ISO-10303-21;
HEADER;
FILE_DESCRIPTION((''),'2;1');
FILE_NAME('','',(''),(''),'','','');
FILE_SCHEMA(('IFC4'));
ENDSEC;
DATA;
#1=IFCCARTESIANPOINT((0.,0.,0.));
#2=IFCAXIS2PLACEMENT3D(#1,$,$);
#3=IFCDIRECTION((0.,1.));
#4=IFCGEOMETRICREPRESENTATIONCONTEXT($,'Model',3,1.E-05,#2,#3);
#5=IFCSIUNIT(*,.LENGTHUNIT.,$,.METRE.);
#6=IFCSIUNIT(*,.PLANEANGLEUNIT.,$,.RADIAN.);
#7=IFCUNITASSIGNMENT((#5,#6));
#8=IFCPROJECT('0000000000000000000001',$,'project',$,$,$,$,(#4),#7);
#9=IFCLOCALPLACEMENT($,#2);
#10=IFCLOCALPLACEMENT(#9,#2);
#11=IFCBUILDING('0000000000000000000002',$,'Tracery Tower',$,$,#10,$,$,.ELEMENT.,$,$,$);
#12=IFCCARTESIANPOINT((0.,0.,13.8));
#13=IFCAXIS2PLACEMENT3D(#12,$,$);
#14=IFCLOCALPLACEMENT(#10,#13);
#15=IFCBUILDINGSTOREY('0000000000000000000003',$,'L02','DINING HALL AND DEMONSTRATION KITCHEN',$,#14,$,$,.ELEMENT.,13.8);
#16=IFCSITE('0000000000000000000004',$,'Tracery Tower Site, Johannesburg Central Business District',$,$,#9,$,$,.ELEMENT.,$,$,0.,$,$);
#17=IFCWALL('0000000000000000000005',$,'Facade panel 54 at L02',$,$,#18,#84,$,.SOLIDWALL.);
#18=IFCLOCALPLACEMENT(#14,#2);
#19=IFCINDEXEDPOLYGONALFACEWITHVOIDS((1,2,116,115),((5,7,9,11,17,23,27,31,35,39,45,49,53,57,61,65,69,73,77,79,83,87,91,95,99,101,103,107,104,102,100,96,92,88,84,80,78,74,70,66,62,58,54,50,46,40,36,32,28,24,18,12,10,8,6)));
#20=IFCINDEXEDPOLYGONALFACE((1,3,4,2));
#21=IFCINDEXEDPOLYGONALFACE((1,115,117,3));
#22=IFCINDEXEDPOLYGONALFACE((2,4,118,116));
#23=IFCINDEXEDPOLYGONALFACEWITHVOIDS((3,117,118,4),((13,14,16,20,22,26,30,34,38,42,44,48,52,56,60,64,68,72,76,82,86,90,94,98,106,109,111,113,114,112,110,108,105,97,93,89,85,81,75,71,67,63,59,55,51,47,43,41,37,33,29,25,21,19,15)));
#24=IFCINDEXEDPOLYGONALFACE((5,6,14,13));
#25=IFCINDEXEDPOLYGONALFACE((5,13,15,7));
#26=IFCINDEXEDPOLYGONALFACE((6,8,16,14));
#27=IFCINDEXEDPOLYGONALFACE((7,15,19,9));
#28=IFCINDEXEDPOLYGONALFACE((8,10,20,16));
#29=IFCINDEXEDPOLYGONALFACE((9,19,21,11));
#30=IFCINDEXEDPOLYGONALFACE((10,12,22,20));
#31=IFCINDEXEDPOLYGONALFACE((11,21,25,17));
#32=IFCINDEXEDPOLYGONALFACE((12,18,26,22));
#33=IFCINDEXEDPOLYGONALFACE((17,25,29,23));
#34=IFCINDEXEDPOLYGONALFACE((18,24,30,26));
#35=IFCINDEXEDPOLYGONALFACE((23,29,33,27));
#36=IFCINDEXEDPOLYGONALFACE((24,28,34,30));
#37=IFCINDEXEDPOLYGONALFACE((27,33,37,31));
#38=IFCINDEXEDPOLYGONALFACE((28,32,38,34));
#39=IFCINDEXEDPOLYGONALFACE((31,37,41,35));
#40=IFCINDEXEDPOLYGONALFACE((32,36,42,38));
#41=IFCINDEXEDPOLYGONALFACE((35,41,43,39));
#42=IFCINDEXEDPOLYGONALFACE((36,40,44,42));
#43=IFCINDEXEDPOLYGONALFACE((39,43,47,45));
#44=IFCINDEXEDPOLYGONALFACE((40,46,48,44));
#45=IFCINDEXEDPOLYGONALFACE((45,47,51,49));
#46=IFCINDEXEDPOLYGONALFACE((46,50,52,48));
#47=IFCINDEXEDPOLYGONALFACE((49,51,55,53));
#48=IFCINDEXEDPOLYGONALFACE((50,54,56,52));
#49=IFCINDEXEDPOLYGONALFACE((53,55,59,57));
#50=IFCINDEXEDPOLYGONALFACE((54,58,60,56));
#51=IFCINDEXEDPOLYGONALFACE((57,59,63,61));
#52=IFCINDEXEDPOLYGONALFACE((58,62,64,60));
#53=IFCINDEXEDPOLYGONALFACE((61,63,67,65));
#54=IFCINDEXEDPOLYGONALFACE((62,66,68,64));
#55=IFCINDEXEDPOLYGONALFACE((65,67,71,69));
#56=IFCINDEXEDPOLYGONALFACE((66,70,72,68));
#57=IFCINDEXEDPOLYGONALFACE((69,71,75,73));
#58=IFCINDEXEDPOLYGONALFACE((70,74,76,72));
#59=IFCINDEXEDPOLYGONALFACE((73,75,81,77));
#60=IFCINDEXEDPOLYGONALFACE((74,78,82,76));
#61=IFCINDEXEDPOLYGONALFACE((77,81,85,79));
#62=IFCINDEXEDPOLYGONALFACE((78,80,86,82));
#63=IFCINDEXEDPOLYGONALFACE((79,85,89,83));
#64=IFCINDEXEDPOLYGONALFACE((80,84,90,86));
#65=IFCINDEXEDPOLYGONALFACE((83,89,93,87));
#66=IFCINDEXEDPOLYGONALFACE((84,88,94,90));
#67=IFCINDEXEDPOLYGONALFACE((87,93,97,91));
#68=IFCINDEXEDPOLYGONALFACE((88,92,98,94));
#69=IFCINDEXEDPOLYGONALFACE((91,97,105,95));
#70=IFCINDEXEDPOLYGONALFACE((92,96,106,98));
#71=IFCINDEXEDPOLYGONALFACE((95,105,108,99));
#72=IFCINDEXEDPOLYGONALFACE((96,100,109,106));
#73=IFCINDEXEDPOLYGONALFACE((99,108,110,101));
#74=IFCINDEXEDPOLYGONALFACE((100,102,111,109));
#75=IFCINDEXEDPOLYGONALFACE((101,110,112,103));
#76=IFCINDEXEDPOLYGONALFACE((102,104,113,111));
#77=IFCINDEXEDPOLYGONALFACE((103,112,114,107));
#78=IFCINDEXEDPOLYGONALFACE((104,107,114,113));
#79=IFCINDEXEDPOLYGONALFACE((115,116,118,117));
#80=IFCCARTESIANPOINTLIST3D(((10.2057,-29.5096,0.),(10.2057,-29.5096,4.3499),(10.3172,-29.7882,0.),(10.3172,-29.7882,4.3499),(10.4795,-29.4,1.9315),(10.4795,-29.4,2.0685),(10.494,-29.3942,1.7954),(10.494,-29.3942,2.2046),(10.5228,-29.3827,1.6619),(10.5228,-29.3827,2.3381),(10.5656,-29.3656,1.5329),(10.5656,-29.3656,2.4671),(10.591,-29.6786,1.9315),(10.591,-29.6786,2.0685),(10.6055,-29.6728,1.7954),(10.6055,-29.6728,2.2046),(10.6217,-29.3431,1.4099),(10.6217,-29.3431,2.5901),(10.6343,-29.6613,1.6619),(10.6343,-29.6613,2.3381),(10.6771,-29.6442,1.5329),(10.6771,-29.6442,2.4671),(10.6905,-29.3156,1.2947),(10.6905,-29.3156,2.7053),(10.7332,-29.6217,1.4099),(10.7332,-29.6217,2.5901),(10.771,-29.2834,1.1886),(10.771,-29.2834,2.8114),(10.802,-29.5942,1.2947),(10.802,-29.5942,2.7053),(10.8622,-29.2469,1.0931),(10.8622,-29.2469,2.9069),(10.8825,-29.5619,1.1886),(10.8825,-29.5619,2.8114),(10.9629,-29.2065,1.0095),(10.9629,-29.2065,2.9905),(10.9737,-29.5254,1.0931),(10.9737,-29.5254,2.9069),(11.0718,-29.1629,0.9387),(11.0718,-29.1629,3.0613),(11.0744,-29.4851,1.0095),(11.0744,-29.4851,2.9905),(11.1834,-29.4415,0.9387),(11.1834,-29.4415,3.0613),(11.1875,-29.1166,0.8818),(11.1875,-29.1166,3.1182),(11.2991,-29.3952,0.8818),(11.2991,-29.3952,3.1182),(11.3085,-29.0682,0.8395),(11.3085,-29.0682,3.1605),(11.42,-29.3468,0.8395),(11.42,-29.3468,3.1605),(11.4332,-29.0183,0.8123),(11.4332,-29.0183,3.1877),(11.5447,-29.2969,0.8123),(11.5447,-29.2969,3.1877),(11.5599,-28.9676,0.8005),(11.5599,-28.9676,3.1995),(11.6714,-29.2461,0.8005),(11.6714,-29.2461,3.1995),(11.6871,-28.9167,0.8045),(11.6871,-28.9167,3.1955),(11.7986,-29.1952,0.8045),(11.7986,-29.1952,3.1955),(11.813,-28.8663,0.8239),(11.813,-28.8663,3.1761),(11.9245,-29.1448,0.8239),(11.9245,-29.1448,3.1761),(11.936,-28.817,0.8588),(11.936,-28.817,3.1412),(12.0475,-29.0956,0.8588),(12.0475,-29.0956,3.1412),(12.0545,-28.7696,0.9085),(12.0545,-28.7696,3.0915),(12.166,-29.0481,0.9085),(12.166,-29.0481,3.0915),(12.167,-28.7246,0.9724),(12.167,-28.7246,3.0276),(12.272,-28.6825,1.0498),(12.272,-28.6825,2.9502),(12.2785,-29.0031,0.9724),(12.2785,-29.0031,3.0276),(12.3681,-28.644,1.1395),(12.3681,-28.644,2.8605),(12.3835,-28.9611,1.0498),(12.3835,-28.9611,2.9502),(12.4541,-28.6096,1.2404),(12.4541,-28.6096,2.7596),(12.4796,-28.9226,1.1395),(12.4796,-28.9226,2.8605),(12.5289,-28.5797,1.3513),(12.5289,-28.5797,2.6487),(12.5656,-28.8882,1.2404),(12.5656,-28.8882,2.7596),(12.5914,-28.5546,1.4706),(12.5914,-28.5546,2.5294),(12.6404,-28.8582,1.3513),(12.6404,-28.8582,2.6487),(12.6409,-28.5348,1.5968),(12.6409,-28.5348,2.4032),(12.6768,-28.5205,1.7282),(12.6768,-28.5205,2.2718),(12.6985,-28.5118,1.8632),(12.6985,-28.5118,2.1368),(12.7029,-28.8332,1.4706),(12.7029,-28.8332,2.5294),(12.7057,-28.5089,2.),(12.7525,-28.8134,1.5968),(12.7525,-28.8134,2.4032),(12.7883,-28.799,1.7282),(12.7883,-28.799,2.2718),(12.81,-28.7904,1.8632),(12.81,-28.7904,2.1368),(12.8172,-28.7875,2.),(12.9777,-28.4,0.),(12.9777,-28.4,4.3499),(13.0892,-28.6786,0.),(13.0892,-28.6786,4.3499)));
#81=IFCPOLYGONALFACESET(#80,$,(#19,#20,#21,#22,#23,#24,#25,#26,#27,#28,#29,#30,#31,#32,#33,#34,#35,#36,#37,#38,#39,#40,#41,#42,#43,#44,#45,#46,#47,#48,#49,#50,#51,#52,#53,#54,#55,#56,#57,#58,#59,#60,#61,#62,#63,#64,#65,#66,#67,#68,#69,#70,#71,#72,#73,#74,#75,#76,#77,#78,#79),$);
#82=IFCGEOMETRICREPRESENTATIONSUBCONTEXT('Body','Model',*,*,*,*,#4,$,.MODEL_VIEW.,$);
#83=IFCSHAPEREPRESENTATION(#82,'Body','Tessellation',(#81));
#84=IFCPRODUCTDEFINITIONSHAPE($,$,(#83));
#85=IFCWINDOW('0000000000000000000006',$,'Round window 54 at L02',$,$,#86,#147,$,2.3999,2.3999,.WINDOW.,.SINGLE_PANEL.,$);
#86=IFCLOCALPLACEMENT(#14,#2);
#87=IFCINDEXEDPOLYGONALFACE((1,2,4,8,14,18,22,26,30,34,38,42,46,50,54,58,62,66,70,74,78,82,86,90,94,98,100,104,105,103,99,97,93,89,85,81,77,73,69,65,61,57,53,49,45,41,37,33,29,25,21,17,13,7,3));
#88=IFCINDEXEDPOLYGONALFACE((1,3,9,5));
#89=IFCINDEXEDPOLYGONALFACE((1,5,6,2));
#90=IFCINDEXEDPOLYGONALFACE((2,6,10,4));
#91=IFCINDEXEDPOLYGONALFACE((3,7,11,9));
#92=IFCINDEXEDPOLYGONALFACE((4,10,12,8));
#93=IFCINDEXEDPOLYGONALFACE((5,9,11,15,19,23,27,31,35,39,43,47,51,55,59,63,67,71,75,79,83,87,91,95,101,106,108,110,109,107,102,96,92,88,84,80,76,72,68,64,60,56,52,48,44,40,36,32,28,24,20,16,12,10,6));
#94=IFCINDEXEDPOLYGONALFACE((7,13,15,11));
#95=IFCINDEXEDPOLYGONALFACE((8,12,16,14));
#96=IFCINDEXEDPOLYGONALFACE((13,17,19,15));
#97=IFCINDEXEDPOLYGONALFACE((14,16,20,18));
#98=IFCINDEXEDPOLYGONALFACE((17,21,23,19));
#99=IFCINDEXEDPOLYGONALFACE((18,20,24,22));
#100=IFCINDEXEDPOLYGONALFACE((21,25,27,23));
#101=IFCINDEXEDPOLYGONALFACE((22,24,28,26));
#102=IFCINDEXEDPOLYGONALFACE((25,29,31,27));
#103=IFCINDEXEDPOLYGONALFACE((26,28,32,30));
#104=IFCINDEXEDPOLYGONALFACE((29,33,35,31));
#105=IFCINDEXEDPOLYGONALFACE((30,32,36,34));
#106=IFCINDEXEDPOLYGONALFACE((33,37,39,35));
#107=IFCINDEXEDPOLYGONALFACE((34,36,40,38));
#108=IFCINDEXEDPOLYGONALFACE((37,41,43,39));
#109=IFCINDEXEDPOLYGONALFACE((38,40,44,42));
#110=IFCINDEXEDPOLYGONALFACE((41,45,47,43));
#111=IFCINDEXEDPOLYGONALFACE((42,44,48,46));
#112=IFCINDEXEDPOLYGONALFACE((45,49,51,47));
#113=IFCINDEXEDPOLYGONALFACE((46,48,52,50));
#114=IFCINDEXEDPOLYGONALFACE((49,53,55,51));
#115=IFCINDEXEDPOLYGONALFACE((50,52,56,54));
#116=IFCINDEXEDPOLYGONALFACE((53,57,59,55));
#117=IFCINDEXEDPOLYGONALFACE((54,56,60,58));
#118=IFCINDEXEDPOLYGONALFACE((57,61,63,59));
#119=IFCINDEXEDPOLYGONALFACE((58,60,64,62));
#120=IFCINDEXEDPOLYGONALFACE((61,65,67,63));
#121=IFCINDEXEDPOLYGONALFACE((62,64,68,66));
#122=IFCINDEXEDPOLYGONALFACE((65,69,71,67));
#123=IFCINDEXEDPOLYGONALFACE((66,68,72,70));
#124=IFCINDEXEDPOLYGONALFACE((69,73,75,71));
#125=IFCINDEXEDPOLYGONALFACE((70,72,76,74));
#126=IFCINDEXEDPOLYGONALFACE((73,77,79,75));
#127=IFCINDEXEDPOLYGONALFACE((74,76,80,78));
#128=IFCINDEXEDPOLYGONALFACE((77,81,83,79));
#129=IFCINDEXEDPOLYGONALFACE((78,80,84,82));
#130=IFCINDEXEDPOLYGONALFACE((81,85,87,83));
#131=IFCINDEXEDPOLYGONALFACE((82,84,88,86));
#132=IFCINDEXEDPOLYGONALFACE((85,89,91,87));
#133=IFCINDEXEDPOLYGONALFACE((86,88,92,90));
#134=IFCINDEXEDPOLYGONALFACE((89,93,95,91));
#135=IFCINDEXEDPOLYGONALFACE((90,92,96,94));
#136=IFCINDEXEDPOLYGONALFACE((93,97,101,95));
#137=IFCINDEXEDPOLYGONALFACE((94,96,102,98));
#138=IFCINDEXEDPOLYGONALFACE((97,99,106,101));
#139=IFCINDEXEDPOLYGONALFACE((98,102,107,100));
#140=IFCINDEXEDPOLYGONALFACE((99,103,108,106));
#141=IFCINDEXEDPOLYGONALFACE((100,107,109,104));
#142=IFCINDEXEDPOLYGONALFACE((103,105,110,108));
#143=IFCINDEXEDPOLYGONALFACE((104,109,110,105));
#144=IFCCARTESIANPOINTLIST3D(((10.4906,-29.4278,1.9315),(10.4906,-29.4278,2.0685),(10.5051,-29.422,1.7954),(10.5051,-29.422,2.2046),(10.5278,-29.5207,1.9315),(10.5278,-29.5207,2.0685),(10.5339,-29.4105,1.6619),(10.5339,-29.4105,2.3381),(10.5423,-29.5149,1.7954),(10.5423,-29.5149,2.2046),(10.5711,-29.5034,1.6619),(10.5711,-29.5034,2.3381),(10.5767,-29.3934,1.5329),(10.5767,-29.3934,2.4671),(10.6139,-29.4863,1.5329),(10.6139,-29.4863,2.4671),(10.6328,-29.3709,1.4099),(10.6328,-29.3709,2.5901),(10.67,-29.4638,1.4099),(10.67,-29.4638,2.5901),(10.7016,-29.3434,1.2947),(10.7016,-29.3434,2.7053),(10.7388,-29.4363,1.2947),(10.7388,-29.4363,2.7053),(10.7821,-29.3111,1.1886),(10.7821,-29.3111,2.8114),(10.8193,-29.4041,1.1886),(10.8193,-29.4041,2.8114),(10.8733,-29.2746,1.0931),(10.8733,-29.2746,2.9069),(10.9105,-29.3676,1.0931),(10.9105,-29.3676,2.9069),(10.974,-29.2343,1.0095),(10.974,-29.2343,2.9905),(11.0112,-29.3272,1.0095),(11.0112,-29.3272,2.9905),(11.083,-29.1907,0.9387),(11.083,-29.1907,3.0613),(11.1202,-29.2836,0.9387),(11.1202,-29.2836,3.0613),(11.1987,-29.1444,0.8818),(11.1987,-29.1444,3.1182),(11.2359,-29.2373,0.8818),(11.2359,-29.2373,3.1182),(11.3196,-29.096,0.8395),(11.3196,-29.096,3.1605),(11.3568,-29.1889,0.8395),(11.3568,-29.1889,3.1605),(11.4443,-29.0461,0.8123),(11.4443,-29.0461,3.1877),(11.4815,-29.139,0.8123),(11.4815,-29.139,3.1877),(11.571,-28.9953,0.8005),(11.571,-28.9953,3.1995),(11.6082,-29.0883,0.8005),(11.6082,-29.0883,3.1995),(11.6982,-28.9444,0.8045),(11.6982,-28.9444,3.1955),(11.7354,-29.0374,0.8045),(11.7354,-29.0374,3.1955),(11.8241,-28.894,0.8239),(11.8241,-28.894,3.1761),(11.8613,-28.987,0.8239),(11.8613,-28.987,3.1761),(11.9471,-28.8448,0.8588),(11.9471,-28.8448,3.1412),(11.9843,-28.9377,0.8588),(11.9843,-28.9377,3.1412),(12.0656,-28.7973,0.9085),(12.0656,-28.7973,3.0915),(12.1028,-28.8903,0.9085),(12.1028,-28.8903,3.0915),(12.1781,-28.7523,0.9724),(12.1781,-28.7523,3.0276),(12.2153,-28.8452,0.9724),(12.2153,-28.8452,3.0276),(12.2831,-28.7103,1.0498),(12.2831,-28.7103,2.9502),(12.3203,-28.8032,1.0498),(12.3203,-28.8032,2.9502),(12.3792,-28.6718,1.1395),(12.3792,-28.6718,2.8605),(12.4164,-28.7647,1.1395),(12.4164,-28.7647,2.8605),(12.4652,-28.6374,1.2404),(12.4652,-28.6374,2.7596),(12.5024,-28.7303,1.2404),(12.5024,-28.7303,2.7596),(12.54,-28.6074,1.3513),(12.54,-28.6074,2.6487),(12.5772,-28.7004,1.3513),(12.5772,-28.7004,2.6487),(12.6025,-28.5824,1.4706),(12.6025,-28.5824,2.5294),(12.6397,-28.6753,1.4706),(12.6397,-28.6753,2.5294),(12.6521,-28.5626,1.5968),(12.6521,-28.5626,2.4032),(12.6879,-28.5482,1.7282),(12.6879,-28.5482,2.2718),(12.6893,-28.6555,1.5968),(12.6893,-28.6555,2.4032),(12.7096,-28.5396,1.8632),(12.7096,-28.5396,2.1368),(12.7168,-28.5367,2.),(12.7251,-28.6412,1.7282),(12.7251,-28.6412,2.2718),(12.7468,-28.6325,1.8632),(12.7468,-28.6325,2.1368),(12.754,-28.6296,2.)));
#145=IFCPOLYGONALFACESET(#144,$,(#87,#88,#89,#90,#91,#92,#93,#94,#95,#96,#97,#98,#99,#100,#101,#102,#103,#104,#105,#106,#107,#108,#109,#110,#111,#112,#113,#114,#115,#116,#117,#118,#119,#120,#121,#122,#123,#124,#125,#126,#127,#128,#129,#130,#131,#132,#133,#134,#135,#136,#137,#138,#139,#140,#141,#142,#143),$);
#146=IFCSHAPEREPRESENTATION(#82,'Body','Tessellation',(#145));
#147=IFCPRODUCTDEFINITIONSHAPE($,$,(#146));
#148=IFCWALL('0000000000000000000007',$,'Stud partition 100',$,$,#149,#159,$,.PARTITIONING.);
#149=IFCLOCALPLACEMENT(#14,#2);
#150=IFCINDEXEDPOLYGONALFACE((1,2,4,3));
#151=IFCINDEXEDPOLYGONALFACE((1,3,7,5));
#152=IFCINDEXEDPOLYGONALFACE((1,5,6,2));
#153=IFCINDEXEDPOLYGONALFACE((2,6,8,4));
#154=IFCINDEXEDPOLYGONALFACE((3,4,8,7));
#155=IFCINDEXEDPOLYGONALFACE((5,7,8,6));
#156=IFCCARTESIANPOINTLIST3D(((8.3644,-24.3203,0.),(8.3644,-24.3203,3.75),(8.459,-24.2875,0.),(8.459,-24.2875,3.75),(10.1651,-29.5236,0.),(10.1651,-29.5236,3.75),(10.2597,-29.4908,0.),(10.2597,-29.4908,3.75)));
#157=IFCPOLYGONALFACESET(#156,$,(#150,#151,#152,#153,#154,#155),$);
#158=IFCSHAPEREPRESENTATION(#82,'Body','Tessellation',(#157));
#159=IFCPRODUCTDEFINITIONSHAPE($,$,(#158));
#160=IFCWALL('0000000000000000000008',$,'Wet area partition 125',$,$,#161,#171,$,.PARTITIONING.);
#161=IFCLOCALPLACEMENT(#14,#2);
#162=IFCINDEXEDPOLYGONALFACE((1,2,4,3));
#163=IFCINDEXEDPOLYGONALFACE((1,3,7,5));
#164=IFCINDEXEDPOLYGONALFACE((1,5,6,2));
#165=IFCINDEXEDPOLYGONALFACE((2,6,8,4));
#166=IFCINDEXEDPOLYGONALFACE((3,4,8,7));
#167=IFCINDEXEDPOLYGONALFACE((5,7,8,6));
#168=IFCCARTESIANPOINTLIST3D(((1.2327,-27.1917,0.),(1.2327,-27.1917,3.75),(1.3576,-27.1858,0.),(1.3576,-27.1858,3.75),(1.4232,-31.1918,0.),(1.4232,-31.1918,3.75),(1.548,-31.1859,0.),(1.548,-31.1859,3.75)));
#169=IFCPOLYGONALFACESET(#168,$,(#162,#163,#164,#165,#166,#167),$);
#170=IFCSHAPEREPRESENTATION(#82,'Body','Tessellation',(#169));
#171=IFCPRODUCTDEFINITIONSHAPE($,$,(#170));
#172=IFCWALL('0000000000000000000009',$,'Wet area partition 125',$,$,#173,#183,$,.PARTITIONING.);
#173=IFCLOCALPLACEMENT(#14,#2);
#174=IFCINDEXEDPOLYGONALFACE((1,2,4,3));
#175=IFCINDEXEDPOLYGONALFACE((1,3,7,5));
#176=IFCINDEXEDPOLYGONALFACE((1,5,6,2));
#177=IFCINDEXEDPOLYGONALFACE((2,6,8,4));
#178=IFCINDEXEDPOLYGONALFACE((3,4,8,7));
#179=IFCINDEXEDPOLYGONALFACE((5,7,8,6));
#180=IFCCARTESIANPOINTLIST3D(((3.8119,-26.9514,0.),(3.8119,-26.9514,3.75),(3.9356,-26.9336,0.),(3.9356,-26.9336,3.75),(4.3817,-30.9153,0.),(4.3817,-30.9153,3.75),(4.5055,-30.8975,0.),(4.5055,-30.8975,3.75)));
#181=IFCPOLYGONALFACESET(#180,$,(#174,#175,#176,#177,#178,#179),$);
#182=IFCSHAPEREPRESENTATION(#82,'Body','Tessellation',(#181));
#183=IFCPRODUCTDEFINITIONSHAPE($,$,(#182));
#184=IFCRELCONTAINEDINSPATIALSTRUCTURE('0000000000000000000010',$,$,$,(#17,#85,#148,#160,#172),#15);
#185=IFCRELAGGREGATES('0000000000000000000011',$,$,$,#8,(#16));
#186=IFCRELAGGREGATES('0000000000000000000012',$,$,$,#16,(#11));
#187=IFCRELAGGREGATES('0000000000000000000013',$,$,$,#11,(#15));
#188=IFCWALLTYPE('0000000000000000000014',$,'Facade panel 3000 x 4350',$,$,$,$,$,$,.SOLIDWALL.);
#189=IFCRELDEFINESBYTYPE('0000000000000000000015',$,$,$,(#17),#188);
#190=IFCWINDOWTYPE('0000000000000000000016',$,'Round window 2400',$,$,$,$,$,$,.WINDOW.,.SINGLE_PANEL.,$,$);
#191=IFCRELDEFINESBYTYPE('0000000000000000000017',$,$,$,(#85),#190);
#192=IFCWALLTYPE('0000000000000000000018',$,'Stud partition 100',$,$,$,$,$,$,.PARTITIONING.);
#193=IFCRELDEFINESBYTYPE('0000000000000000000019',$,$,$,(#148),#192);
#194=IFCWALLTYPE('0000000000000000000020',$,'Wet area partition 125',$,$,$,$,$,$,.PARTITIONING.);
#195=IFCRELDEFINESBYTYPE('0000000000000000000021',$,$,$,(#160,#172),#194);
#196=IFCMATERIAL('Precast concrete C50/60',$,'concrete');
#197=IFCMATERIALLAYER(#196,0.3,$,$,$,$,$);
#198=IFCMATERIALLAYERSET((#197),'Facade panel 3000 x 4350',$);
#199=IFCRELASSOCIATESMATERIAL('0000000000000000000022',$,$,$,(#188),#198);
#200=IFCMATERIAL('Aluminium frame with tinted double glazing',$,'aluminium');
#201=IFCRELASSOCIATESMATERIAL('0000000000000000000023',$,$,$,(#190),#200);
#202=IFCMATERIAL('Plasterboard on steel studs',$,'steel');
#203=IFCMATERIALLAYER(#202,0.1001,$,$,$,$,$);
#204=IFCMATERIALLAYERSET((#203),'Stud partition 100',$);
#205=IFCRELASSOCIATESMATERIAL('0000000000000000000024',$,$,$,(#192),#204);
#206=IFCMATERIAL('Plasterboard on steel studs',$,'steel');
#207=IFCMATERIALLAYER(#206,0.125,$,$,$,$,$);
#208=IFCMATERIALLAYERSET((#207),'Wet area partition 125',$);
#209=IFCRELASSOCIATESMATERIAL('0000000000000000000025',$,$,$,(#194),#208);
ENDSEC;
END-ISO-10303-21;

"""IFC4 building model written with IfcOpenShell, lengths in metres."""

from ifc_helpers import new_model, si_unit, direction, frame, frame_2d, origin, origin_2d, place, context, subcontext, project, spatial, rectangle, circle, extrude, material, layer, layer_set, type_object, element, fill, save


model = new_model("IFC4")

# Units and contexts
model_context = context("Model", 3, precision=1e-05, world=origin(), true_north=direction((0.0, 1.0)))
body_context = subcontext(model_context, "Body", "Model", "MODEL_VIEW")
ifc_project = project(units=[si_unit("LENGTHUNIT", "METRE"), si_unit("PLANEANGLEUNIT", "RADIAN")], contexts=[model_context])

# Site, building, storey
site_placement = place(None, origin())
site = spatial("IfcSite", under=ifc_project, at=site_placement, Name="Tracery Tower Site, Johannesburg Central Business District", CompositionType="ELEMENT", RefElevation=0.0)
building_placement = place(site_placement, origin())
building = spatial("IfcBuilding", under=site, at=building_placement, Name="Tracery Tower", CompositionType="ELEMENT")
storey_placement = place(building_placement, frame((0.0, 0.0, 13.8)))
storey = spatial("IfcBuildingStorey", under=building, at=storey_placement, Name="L02", Description="DINING HALL AND DEMONSTRATION KITCHEN", CompositionType="ELEMENT", Elevation=13.8)

# Wall, opening, window
ifc_material_1 = material(Name="Precast concrete C50/60", Category="concrete")
ifc_layer_1 = layer(ifc_material_1, 0.3)
ifc_layer_set_1 = layer_set([ifc_layer_1], Name="Facade panel 3000 x 4350")
wall_type_1 = type_object("IfcWallType", Name="Facade panel 3000 x 4350", PredefinedType="SOLIDWALL", material=ifc_layer_set_1)
ifc_material_2 = material(Name="Aluminium frame with tinted double glazing", Category="aluminium")
window_type = type_object("IfcWindowType", Name="Round window 2400", PartitioningType="SINGLE_PANEL", PredefinedType="WINDOW", material=ifc_material_2)
wall_1_placement = place(storey_placement, frame((10.2615, -29.6489, 0.0), z_axis=(0.0, 0.0, 1.0), x_axis=(0.928381, 0.37163, 0.0)))
wall_1 = element("IfcWall", 1, at=wall_1_placement, inside=storey, type_object=wall_type_1, Name="Facade panel 54 at L02", PredefinedType="SOLIDWALL", context=body_context, shape_type="SweptSolid", body=[
    extrude(rectangle(XDim=2.9858, YDim=0.3, at=frame_2d((1.4929, 0.0))), origin(), (0.0, 0.0, 1.0), 4.3499),
])
opening_1_placement = place(wall_1_placement, frame((1.4929, 0.0, 2.0)))
opening_1 = element("IfcOpeningElement", 2, at=opening_1_placement, cuts=wall_1, PredefinedType="OPENING", context=body_context, shape_type="SweptSolid", body=[
    extrude(circle(Radius=1.2, at=origin_2d()), frame((0.0, 0.1599, 0.0), z_axis=(0.0, -1.0, 0.0), x_axis=(1.0, 0.0, 0.0)), (0.0, 0.0, 1.0), 0.3201),
])
window_1_placement = place(opening_1_placement, origin())
window_1 = element("IfcWindow", 3, at=window_1_placement, inside=storey, type_object=window_type, Name="Round window 54 at L02", OverallHeight=2.3999, OverallWidth=2.3999, PartitioningType="SINGLE_PANEL", PredefinedType="WINDOW", context=body_context, shape_type="SweptSolid", body=[
    extrude(circle(Radius=1.2, at=origin_2d()), frame((0.0, 0.1201, 0.0), z_axis=(0.0, -1.0, 0.0), x_axis=(1.0, 0.0, 0.0)), (0.0, 0.0, 1.0), 0.1001),
])
fill(opening_1, window_1)

# Walls
ifc_material_3 = material(Name="Plasterboard on steel studs", Category="steel")
ifc_layer_2 = layer(ifc_material_3, 0.1001)
ifc_layer_set_2 = layer_set([ifc_layer_2], Name="Stud partition 100")
wall_type_2 = type_object("IfcWallType", Name="Stud partition 100", PredefinedType="PARTITIONING", material=ifc_layer_set_2)
wall_2_placement = place(storey_placement, frame((10.2124, -29.5071, 0.0), z_axis=(0.0, 0.0, 1.0), x_axis=(-0.327048, 0.945008, 0.0)))
element("IfcWall", 4, at=wall_2_placement, inside=storey, type_object=wall_type_2, Name="Stud partition 100", PredefinedType="PARTITIONING", context=body_context, shape_type="SweptSolid", body=[
    extrude(rectangle(XDim=5.5061, YDim=0.1001, at=frame_2d((2.7529, 0.0))), origin(), (0.0, 0.0, 1.0), 3.75),
])
ifc_material_4 = material(Name="Plasterboard on steel studs", Category="steel")
ifc_layer_3 = layer(ifc_material_4, 0.125)
ifc_layer_set_3 = layer_set([ifc_layer_3], Name="Wet area partition 125")
wall_type_3 = type_object("IfcWallType", Name="Wet area partition 125", PredefinedType="PARTITIONING", material=ifc_layer_set_3)
for number, where, z_axis, x_axis, name in (
    (5, (1.4856, -31.189, 0.0), (0.0, 0.0, 1.0), (-0.047554, 0.998869, 0.0), "Wet area partition 125"),
    (6, (4.4436, -30.9065, 0.0), (0.0, 0.0, 1.0), (-0.142292, 0.989825, 0.0), "Wet area partition 125"),
):
    element("IfcWall", number, at=place(storey_placement, frame(where, z_axis=z_axis, x_axis=x_axis)), inside=storey, type_object=wall_type_3, Name=name, PredefinedType="PARTITIONING", context=body_context, shape_type="SweptSolid", body=[
        extrude(rectangle(XDim=4.0046, YDim=0.125, at=frame_2d((2.0024, 0.0))), origin(), (0.0, 0.0, 1.0), 3.75),
    ])

save(model, "model.ifc")
